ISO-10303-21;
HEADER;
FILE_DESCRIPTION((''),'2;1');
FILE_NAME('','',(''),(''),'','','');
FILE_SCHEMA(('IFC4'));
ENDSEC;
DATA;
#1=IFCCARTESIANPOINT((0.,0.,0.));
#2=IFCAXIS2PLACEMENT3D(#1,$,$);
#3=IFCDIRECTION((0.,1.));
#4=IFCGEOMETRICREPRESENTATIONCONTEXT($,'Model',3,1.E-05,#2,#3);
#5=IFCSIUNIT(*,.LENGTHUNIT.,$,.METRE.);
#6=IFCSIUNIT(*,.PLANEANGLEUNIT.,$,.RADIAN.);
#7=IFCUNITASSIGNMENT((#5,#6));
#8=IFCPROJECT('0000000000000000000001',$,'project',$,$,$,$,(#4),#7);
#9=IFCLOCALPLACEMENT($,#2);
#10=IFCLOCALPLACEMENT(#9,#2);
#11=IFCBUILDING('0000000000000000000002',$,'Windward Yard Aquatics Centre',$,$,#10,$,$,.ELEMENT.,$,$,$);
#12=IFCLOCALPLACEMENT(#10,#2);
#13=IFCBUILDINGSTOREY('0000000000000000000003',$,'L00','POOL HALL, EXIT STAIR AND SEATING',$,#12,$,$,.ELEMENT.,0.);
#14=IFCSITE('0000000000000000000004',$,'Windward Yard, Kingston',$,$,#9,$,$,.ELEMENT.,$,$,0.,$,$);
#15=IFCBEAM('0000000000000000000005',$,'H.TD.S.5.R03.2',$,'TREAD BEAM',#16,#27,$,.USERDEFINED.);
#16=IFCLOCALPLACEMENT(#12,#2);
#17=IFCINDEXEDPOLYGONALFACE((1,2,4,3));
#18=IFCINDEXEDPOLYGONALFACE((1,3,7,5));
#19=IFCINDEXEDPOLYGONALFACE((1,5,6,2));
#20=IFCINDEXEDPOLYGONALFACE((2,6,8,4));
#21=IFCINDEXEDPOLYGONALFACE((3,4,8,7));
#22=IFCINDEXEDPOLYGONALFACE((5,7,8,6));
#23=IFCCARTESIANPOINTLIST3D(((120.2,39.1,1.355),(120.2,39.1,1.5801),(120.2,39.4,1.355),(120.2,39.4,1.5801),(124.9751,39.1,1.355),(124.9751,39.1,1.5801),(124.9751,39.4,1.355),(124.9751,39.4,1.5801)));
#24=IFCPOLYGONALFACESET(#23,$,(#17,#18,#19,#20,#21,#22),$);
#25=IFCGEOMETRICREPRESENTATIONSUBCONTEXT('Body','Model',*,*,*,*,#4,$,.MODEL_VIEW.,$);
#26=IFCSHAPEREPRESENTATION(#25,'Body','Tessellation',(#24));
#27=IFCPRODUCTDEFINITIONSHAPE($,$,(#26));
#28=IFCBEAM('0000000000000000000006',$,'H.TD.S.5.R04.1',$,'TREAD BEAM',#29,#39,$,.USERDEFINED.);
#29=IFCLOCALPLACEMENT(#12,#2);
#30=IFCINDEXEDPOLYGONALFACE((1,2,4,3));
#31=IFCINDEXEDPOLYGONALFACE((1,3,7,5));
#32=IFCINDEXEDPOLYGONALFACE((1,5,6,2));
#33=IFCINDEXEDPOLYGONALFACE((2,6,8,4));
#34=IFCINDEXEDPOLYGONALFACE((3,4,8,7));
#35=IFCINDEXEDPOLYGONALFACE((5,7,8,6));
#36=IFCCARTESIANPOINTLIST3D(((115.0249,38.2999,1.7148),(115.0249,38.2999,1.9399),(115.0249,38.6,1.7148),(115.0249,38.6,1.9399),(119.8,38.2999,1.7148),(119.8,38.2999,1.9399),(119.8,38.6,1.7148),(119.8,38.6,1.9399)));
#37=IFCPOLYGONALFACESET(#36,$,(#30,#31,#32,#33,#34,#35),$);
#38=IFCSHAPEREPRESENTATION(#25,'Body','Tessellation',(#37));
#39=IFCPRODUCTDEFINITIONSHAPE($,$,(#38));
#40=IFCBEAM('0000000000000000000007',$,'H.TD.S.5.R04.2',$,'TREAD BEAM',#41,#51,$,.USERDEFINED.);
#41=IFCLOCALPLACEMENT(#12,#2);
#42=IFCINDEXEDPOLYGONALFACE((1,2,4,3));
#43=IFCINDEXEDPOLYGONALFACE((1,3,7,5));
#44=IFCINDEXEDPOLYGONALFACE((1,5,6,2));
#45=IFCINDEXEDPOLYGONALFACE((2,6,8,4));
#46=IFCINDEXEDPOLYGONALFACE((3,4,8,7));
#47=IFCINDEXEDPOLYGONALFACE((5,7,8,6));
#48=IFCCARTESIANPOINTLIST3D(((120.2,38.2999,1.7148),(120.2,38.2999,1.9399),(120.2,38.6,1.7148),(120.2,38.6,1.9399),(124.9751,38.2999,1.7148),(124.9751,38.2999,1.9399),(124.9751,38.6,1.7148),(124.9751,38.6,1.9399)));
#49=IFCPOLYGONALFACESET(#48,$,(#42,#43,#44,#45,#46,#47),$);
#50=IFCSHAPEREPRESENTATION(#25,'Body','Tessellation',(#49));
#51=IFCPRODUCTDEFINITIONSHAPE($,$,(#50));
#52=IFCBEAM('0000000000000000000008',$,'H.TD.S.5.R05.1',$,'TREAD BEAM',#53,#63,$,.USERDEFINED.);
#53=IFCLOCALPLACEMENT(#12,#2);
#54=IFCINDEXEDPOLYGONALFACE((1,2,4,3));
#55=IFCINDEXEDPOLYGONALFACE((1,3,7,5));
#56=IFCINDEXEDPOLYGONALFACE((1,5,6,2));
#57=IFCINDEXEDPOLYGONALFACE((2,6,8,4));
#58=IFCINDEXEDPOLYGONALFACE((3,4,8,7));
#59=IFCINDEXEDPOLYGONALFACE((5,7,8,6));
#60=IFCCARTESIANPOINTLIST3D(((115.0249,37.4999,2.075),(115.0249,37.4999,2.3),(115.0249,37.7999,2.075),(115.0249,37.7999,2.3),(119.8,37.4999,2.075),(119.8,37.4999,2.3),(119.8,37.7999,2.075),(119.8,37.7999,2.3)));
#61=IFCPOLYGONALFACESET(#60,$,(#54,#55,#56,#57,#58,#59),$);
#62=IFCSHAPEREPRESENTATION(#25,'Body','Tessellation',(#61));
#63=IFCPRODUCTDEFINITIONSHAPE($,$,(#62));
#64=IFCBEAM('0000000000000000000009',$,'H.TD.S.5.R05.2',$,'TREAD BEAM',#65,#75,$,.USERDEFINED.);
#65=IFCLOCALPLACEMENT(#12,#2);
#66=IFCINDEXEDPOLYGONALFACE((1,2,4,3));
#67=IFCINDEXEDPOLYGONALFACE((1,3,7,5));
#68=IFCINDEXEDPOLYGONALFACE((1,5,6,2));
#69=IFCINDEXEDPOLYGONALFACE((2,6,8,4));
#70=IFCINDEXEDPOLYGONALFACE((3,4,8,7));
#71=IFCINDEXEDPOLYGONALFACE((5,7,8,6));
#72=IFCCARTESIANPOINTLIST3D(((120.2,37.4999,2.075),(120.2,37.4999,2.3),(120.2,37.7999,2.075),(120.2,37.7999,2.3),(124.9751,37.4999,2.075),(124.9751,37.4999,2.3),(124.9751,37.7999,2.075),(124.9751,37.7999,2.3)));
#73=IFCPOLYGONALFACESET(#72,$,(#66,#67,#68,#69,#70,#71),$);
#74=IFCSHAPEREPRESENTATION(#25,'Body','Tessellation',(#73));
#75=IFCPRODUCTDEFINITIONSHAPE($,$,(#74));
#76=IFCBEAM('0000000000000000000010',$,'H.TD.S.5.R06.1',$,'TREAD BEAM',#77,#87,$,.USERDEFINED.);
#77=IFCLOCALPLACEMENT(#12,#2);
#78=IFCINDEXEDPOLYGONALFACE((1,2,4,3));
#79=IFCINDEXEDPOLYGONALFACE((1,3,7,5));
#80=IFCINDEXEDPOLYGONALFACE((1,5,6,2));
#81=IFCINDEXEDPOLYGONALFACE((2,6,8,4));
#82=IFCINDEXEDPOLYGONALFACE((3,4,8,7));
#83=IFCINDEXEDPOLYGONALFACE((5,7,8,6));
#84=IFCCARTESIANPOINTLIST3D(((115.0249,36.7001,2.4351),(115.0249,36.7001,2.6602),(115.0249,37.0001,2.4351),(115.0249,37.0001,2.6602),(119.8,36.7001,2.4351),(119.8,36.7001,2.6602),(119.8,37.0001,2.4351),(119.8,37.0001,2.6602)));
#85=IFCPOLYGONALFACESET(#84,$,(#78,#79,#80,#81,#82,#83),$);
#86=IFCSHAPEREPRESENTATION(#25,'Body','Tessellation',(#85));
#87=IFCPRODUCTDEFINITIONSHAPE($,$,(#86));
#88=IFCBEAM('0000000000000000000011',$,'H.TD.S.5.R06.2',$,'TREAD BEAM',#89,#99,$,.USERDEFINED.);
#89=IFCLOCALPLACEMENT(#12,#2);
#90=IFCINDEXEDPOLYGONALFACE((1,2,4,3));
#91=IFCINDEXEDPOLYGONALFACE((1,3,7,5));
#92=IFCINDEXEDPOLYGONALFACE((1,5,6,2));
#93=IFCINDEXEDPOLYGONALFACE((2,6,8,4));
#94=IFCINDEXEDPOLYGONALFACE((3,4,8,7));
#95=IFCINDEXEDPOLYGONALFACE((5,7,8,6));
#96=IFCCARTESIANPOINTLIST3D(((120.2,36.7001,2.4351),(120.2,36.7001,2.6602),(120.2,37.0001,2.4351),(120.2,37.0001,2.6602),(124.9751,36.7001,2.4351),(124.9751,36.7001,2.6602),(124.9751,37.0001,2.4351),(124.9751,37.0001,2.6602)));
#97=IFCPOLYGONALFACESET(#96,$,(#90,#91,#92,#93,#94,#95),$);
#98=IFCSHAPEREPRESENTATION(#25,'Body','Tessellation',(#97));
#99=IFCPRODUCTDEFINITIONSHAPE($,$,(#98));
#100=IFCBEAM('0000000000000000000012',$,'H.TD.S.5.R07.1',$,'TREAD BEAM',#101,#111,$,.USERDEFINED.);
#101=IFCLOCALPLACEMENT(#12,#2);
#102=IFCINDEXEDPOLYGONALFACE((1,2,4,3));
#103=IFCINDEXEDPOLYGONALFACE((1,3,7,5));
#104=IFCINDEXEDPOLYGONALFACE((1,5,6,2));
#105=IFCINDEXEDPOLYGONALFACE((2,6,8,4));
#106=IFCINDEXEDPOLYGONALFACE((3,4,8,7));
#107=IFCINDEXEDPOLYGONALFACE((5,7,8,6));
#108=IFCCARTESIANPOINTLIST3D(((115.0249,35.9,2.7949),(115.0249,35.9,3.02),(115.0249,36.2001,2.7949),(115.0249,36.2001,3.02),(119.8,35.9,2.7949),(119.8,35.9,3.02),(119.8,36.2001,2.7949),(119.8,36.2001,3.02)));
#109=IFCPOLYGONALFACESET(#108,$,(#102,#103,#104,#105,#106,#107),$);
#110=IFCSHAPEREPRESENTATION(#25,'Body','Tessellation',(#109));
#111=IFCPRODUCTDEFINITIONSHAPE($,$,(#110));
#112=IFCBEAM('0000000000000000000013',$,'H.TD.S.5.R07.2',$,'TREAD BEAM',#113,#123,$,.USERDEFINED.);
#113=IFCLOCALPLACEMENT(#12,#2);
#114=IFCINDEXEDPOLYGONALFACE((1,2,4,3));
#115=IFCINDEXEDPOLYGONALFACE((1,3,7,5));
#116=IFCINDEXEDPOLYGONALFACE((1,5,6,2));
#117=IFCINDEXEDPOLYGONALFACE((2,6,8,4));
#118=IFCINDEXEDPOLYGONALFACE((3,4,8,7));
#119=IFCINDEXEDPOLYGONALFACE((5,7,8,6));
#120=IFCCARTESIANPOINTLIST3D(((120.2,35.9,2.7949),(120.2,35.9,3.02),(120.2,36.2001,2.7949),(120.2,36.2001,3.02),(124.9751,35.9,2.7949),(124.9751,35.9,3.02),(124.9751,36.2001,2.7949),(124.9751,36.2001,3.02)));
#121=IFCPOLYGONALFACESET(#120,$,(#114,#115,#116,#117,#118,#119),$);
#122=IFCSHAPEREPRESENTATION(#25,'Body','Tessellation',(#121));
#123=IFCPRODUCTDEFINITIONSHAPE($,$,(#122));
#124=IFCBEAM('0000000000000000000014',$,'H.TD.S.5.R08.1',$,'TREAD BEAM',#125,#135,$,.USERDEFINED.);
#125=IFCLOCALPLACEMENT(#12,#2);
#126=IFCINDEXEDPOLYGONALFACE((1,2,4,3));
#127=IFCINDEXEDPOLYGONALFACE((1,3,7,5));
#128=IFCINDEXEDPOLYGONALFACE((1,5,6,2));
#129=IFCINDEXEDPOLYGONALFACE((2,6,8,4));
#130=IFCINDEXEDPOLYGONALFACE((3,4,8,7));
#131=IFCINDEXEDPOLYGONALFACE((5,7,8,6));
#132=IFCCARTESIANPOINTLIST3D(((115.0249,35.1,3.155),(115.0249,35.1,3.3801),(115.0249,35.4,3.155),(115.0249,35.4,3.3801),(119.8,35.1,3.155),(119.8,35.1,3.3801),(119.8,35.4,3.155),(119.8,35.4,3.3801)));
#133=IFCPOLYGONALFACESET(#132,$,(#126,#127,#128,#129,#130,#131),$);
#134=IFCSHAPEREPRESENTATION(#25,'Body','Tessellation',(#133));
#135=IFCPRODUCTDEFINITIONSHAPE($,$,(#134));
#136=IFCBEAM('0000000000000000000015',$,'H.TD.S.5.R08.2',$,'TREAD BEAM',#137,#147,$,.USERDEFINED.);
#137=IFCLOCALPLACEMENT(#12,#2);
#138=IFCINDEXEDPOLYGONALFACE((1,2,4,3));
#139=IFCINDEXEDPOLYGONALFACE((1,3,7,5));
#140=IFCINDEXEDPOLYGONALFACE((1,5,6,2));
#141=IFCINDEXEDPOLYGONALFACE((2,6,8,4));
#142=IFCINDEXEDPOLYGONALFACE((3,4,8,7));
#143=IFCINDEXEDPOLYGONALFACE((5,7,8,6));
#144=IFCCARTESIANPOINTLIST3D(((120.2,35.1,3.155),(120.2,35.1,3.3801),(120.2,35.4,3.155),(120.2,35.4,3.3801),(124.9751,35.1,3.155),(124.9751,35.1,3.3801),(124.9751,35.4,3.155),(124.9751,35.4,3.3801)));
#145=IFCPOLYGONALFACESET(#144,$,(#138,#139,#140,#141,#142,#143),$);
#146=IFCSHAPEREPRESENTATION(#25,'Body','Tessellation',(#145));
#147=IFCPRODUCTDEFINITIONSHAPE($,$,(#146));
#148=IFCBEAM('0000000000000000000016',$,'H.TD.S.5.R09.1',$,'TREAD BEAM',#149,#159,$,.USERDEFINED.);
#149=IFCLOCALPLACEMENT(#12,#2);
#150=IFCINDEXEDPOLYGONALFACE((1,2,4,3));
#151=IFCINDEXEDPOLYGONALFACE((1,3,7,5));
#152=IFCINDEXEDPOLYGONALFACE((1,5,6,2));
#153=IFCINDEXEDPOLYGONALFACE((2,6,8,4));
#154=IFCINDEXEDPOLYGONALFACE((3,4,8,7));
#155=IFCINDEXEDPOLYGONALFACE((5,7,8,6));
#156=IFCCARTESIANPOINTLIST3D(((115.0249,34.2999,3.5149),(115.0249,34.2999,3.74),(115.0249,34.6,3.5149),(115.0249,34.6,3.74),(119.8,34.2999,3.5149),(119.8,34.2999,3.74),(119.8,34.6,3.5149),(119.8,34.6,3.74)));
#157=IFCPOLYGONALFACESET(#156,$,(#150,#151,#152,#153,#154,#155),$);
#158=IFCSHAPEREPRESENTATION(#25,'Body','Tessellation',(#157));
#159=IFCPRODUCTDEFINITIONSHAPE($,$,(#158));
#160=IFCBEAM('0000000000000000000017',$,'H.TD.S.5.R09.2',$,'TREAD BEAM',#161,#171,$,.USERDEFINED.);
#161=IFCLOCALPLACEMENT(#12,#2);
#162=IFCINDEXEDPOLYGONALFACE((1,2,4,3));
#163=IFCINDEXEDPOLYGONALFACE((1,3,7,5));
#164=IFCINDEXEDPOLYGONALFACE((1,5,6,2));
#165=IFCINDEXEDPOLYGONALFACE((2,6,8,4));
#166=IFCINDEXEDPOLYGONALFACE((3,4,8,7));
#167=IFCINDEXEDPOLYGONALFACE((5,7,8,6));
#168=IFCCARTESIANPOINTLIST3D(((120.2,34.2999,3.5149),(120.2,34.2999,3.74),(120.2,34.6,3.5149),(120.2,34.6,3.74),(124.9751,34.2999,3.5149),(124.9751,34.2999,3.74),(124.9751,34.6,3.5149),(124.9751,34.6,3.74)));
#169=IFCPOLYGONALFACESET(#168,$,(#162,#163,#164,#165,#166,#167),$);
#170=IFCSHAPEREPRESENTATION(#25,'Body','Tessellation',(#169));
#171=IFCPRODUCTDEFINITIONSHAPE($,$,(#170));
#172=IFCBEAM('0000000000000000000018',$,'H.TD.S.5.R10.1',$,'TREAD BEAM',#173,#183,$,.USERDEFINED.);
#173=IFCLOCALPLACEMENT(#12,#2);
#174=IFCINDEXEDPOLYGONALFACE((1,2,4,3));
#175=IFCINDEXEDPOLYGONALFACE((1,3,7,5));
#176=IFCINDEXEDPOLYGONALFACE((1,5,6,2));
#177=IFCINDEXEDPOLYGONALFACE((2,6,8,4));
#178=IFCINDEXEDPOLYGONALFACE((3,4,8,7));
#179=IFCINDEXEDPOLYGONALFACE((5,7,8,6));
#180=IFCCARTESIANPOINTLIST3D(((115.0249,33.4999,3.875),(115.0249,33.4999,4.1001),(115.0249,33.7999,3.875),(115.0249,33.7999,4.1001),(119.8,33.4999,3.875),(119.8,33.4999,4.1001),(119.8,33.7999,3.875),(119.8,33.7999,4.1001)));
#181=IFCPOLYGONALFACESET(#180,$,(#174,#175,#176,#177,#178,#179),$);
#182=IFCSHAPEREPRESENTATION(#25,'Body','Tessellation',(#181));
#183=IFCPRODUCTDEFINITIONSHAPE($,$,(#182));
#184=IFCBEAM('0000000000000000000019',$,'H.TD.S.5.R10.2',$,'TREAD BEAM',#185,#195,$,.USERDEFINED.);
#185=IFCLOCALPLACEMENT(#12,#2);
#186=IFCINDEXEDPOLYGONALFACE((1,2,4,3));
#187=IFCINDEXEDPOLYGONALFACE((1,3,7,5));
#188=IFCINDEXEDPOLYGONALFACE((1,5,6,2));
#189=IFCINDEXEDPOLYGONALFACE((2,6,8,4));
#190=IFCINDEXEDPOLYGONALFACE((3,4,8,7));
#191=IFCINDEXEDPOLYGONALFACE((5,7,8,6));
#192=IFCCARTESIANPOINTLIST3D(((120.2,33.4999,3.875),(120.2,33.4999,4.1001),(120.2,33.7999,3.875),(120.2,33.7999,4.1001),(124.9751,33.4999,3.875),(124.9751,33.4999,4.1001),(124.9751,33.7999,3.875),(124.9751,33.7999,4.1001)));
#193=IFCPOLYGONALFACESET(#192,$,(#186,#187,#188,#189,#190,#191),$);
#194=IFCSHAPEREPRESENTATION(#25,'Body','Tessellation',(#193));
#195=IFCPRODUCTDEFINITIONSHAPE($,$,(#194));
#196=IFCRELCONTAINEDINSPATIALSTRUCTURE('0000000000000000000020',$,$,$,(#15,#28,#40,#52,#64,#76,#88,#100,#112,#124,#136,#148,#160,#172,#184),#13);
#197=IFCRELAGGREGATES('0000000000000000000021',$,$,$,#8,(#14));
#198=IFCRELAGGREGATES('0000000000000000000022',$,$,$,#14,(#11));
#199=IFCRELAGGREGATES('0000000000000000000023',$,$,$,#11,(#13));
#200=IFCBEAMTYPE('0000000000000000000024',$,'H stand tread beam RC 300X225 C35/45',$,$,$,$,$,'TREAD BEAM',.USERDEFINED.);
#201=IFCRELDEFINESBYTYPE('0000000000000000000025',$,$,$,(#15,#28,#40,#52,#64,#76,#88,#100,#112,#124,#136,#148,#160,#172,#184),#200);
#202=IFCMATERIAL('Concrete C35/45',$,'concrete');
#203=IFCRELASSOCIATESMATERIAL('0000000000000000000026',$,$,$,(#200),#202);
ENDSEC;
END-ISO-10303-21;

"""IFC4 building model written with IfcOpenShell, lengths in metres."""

from ifc_helpers import new_model, si_unit, direction, frame, origin, origin_2d, place, context, subcontext, project, spatial, rectangle, extrude, material, material_profile, profile_set, type_object, element, save


model = new_model("IFC4")

# Units and contexts
model_context = context("Model", 3, precision=1e-05, world=origin(), true_north=direction((0.0, 1.0)))
body_context = subcontext(model_context, "Body", "Model", "MODEL_VIEW")
ifc_project = project(units=[si_unit("LENGTHUNIT", "METRE"), si_unit("PLANEANGLEUNIT", "RADIAN")], contexts=[model_context])

# Site, building, storey
site_placement = place(None, origin())
site = spatial("IfcSite", under=ifc_project, at=site_placement, Name="Windward Yard, Kingston", CompositionType="ELEMENT", RefElevation=0.0)
building_placement = place(site_placement, origin())
building = spatial("IfcBuilding", under=site, at=building_placement, Name="Windward Yard Aquatics Centre", CompositionType="ELEMENT")
storey_placement = place(building_placement, origin())
storey = spatial("IfcBuildingStorey", under=building, at=storey_placement, Name="L00", Description="POOL HALL, EXIT STAIR AND SEATING", CompositionType="ELEMENT", Elevation=0.0)

# Shared definitions
ifc_material_1 = material(Name="Concrete C35/45", Category="concrete")

# Beams
ifc_material_profile_1 = material_profile(ifc_material_1, rectangle(XDim=0.3, YDim=0.2251, at=origin_2d()), Name="RC 300X225")
ifc_profile_set_1 = profile_set([ifc_material_profile_1], Name="Concrete C35/45")
beam_type_1 = type_object("IfcBeamType", Name="H stand tread beam RC 300X225 C35/45", ElementType="TREAD BEAM", PredefinedType="USERDEFINED", material=ifc_profile_set_1)
for number, where, z_axis, x_axis, name in (
    (1, (120.2, 39.25, 1.4675), (1.0, 0.0, 0.0), (0.0, 1.0, 0.0), "H.TD.S.5.R03.2"),
    (2, (115.0249, 38.45, 1.8274), (1.0, 0.0, 0.0), (0.0, 1.0, 0.0), "H.TD.S.5.R04.1"),
    (3, (120.2, 38.45, 1.8274), (1.0, 0.0, 0.0), (0.0, 1.0, 0.0), "H.TD.S.5.R04.2"),
    (4, (115.0249, 37.6499, 2.1875), (1.0, 0.0, 0.0), (0.0, 1.0, 0.0), "H.TD.S.5.R05.1"),
    (5, (120.2, 37.6499, 2.1875), (1.0, 0.0, 0.0), (0.0, 1.0, 0.0), "H.TD.S.5.R05.2"),
    (6, (115.0249, 36.8501, 2.5476), (1.0, 0.0, 0.0), (0.0, 1.0, 0.0), "H.TD.S.5.R06.1"),
    (7, (120.2, 36.8501, 2.5476), (1.0, 0.0, 0.0), (0.0, 1.0, 0.0), "H.TD.S.5.R06.2"),
    (8, (115.0249, 36.05, 2.9075), (1.0, 0.0, 0.0), (0.0, 1.0, 0.0), "H.TD.S.5.R07.1"),
    (9, (120.2, 36.05, 2.9075), (1.0, 0.0, 0.0), (0.0, 1.0, 0.0), "H.TD.S.5.R07.2"),
    (10, (115.0249, 35.25, 3.2676), (1.0, 0.0, 0.0), (0.0, 1.0, 0.0), "H.TD.S.5.R08.1"),
    (11, (120.2, 35.25, 3.2676), (1.0, 0.0, 0.0), (0.0, 1.0, 0.0), "H.TD.S.5.R08.2"),
    (12, (115.0249, 34.45, 3.6274), (1.0, 0.0, 0.0), (0.0, 1.0, 0.0), "H.TD.S.5.R09.1"),
    (13, (120.2, 34.45, 3.6274), (1.0, 0.0, 0.0), (0.0, 1.0, 0.0), "H.TD.S.5.R09.2"),
    (14, (115.0249, 33.6499, 3.9875), (1.0, 0.0, 0.0), (0.0, 1.0, 0.0), "H.TD.S.5.R10.1"),
    (15, (120.2, 33.6499, 3.9875), (1.0, 0.0, 0.0), (0.0, 1.0, 0.0), "H.TD.S.5.R10.2"),
):
    element("IfcBeam", number, at=place(storey_placement, frame(where, z_axis=z_axis, x_axis=x_axis)), inside=storey, type_object=beam_type_1, Name=name, ObjectType="TREAD BEAM", PredefinedType="USERDEFINED", context=body_context, shape_type="SweptSolid", body=[
        extrude(rectangle(XDim=0.3, YDim=0.2251, at=origin_2d()), origin(), (0.0, 0.0, 1.0), 4.7751),
    ])

save(model, "model.ifc")
